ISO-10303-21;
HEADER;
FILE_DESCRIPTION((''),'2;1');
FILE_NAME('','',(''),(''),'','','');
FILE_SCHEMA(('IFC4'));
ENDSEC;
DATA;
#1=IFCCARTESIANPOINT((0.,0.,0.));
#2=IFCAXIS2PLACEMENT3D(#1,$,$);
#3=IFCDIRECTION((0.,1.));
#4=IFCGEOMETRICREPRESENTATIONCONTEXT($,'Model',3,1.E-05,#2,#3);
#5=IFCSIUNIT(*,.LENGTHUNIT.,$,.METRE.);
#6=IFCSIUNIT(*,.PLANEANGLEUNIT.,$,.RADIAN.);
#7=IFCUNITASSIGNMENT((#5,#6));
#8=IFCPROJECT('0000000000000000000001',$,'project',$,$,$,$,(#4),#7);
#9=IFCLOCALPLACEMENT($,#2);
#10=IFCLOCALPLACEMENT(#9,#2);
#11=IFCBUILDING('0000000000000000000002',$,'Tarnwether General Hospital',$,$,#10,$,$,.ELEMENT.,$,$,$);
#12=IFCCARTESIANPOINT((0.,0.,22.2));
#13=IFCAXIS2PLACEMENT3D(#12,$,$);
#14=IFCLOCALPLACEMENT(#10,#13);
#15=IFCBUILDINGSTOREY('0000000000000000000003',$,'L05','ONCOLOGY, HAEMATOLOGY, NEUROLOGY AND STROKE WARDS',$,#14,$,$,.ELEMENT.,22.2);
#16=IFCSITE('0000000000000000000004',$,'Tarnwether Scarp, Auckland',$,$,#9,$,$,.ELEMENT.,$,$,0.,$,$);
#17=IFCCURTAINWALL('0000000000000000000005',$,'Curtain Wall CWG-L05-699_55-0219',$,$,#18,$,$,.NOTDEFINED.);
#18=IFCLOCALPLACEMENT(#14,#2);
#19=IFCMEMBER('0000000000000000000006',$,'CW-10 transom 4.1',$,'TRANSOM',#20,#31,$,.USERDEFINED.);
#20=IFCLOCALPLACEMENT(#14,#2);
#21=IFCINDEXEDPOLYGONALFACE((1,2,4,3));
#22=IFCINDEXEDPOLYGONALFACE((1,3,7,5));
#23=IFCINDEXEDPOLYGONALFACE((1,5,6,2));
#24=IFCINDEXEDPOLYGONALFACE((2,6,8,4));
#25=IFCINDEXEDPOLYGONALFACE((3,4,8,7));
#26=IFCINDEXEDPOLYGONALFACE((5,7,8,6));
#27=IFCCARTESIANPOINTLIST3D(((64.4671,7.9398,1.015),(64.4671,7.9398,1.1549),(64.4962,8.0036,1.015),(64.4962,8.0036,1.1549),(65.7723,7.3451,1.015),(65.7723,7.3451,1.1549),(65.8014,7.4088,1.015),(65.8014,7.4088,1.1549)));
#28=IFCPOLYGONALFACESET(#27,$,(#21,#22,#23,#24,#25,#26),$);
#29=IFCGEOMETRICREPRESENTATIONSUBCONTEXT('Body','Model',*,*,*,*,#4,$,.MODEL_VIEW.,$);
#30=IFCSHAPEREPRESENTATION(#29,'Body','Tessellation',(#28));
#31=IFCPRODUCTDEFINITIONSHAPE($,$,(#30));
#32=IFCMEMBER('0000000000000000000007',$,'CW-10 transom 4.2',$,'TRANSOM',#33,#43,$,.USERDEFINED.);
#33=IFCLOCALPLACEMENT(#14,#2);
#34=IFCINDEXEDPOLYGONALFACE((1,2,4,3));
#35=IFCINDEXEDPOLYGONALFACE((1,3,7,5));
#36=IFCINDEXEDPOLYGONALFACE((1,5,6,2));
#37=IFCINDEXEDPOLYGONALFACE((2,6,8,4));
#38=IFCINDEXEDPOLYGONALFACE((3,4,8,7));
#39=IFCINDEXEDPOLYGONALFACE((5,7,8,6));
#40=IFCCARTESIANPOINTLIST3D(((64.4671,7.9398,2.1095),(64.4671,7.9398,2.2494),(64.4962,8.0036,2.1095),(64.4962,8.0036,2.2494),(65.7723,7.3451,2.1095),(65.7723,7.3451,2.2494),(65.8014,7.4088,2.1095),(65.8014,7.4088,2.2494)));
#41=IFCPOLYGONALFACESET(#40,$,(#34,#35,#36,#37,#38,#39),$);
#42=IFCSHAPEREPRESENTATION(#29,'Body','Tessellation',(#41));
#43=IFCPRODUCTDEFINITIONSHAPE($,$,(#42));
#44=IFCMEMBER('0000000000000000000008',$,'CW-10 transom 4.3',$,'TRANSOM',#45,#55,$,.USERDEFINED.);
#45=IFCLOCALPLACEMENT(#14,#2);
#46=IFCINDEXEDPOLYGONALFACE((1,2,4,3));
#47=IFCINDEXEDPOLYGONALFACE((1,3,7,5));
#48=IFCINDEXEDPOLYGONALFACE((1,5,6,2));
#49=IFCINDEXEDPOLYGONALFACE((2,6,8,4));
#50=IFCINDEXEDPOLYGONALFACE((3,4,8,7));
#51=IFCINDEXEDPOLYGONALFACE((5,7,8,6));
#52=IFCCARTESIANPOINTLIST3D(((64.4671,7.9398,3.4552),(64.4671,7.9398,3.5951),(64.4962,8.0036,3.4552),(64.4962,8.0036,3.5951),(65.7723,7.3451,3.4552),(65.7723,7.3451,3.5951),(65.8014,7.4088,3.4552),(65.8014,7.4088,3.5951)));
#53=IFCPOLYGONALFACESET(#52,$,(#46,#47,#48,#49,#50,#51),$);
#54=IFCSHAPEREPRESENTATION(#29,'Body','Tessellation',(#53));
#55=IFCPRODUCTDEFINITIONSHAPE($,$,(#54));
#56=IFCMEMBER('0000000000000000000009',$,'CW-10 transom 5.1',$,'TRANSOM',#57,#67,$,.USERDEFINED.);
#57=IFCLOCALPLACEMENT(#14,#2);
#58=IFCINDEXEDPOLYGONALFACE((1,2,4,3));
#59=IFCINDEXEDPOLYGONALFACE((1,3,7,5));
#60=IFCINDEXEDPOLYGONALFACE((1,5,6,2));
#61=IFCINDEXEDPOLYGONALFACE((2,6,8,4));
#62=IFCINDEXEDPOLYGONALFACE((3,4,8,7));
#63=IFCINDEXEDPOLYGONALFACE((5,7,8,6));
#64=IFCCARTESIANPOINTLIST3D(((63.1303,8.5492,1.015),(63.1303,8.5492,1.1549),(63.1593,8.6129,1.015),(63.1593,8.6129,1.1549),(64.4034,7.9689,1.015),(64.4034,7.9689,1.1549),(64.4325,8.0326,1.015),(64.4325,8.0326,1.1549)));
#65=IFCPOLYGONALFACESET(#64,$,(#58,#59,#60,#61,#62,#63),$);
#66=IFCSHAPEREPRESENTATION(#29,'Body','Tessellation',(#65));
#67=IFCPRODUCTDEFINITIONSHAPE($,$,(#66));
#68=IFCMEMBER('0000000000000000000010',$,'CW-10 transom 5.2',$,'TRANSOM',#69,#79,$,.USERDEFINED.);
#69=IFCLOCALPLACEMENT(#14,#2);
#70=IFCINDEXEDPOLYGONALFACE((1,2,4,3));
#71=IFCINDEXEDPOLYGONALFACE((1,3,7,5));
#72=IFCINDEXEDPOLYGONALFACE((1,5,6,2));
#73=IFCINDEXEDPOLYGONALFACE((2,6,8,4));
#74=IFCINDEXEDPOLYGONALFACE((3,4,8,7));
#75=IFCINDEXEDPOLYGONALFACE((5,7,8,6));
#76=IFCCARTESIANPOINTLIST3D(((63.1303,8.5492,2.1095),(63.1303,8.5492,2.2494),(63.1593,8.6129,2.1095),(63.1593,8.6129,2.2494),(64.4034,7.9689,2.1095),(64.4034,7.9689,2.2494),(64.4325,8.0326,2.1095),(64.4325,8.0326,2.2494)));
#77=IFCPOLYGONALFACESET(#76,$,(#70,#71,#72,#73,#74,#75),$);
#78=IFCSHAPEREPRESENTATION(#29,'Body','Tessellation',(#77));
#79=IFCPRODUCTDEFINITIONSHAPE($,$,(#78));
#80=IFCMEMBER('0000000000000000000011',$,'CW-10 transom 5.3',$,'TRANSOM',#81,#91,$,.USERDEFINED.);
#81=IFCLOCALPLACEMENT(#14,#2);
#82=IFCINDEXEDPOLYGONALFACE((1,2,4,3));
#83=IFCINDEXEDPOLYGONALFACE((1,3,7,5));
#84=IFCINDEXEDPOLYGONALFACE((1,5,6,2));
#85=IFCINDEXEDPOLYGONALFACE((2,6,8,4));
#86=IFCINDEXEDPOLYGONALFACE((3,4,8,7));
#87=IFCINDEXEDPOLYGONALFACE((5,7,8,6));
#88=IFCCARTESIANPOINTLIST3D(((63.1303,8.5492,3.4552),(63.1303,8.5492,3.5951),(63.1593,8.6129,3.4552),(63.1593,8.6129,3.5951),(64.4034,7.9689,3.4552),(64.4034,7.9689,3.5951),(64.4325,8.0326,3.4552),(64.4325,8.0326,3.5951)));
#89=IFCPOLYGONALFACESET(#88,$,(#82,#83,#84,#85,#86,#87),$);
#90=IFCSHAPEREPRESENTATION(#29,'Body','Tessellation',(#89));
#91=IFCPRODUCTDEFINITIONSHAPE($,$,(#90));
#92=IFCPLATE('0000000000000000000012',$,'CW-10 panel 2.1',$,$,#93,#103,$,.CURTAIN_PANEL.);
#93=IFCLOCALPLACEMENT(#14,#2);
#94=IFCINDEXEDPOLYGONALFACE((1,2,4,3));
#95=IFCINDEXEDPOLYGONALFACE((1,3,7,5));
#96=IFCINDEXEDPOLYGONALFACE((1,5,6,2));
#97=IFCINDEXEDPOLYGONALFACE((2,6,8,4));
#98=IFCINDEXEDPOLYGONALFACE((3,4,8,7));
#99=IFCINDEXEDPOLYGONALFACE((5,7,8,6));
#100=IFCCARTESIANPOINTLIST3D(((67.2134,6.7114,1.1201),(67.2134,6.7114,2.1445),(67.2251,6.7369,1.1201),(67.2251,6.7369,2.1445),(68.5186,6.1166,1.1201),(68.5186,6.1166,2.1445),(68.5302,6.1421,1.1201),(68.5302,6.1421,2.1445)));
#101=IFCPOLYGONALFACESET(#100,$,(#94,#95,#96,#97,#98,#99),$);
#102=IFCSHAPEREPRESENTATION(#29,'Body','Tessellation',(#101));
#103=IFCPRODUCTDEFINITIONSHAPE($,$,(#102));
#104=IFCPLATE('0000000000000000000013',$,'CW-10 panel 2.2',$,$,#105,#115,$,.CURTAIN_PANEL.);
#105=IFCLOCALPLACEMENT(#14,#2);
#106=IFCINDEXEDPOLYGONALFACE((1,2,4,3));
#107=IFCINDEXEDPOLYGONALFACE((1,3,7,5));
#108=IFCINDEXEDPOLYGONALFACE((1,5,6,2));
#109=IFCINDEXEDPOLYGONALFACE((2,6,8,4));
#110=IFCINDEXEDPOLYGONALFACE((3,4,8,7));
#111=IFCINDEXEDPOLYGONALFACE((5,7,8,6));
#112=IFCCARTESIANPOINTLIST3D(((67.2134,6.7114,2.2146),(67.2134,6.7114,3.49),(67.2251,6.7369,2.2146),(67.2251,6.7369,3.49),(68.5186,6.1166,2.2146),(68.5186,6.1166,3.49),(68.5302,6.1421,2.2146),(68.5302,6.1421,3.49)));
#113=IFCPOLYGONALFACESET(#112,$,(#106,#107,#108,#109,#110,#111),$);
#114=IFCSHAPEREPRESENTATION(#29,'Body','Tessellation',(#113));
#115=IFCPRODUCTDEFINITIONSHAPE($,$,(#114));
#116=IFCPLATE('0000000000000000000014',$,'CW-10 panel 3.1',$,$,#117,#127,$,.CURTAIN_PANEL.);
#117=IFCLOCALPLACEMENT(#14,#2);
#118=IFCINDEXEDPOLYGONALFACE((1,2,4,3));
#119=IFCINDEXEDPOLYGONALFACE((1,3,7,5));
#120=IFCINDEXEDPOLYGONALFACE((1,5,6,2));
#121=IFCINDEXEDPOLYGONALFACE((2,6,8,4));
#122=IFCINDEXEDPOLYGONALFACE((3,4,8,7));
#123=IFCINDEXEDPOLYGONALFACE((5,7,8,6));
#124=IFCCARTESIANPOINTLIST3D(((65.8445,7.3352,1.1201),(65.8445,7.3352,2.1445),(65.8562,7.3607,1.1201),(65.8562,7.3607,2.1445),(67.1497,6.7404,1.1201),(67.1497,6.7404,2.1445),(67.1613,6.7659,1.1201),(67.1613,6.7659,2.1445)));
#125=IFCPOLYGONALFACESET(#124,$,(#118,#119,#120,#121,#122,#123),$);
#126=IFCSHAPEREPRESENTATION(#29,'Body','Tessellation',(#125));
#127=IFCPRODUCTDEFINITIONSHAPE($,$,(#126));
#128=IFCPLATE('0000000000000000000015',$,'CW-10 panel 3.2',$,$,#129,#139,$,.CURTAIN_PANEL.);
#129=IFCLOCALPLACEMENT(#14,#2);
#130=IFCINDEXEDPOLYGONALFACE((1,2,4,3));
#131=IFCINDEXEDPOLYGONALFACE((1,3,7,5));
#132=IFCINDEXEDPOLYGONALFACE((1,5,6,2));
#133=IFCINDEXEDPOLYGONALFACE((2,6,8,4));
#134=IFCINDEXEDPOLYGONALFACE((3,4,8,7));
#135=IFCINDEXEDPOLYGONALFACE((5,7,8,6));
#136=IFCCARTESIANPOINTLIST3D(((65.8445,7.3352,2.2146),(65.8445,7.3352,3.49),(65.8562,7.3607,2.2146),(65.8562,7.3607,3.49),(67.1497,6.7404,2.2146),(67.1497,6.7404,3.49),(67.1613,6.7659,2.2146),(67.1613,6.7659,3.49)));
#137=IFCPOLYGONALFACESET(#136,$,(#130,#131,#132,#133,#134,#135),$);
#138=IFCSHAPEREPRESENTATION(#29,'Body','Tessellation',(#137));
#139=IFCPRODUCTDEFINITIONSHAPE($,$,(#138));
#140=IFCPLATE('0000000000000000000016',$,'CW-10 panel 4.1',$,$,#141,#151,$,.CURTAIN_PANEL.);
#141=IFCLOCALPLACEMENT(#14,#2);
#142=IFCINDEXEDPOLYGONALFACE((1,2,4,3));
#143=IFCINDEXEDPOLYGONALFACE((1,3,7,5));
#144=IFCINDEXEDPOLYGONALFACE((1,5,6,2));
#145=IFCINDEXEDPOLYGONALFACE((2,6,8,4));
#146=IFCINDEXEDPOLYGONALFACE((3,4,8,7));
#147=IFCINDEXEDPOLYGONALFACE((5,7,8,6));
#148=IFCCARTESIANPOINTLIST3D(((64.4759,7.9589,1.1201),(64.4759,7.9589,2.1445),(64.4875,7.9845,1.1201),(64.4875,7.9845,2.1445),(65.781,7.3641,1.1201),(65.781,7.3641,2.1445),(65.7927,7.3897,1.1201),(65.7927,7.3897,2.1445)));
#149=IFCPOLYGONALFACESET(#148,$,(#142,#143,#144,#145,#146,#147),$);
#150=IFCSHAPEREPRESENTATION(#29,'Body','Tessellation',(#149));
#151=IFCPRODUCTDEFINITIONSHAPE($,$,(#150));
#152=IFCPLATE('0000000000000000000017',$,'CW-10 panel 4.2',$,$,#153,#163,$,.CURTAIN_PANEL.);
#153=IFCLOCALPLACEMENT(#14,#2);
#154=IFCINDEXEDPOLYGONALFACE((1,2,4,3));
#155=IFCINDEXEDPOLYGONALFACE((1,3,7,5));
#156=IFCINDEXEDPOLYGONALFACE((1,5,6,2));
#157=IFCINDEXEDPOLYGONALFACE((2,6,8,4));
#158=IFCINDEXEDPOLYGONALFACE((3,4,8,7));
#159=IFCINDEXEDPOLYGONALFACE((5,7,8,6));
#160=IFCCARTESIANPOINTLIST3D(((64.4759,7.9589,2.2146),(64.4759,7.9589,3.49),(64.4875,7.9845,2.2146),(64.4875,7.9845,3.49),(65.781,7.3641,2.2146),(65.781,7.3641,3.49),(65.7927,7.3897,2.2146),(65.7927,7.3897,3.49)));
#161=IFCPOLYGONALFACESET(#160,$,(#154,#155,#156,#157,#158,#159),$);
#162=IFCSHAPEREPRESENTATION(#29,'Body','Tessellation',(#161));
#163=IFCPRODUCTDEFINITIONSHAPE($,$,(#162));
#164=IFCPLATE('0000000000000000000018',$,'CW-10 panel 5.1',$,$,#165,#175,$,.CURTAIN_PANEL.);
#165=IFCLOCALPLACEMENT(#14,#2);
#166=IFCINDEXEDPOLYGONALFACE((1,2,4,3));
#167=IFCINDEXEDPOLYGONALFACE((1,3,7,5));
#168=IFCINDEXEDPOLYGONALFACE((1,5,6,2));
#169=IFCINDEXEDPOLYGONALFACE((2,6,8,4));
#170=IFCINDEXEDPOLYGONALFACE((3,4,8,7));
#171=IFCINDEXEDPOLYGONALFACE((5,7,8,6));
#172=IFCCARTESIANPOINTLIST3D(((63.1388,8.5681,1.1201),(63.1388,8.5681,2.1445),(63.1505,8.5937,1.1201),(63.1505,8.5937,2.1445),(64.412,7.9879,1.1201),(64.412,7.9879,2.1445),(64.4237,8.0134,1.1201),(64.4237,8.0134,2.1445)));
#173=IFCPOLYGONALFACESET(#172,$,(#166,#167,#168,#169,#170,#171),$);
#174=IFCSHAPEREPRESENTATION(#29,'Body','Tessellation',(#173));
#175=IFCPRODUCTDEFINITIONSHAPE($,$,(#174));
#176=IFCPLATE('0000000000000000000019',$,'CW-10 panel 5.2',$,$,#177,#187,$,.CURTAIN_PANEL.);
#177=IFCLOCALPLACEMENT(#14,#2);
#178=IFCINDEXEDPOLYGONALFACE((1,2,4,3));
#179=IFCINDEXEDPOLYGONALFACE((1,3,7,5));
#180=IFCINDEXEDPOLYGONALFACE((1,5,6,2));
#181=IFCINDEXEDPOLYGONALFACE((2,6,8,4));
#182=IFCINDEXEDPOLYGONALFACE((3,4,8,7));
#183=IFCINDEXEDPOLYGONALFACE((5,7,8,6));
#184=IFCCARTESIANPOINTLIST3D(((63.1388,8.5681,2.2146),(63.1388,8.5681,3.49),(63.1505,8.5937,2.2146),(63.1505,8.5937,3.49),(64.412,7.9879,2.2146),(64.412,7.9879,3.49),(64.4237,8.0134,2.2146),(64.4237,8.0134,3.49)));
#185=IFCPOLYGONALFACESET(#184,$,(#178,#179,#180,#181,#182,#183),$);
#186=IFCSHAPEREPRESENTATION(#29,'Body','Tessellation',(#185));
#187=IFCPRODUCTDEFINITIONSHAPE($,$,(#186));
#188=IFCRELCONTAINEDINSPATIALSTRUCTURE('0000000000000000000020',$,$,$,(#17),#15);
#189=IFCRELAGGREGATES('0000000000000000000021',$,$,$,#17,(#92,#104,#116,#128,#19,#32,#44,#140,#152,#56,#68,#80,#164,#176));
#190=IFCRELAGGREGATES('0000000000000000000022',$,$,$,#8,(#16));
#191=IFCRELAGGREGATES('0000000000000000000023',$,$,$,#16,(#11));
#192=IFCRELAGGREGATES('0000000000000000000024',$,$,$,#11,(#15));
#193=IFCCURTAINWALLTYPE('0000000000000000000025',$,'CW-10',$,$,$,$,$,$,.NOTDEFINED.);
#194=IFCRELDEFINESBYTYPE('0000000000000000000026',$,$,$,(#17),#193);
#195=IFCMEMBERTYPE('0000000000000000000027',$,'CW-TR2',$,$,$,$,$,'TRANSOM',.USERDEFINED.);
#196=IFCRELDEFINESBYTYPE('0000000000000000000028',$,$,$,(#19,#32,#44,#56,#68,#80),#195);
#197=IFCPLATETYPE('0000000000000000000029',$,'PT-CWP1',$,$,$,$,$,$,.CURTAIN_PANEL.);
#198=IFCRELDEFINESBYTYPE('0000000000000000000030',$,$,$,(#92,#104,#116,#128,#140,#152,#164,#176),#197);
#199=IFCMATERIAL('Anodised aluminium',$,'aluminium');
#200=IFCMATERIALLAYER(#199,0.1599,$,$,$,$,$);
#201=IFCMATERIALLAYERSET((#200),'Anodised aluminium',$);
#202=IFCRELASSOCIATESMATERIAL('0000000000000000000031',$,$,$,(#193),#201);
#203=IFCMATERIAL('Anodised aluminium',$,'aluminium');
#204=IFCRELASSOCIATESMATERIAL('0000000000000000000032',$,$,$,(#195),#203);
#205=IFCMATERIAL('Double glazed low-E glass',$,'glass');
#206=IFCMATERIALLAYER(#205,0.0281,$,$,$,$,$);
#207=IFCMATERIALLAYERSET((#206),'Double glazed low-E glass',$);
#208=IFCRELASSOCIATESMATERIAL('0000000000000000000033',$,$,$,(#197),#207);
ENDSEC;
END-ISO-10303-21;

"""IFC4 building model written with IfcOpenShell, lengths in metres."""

from ifc_helpers import new_model, si_unit, direction, frame, origin, origin_2d, place, context, subcontext, project, spatial, rectangle, extrude, material, layer, layer_set, material_profile, profile_set, type_object, element, aggregate, save


model = new_model("IFC4")

# Units and contexts
model_context = context("Model", 3, precision=1e-05, world=origin(), true_north=direction((0.0, 1.0)))
body_context = subcontext(model_context, "Body", "Model", "MODEL_VIEW")
ifc_project = project(units=[si_unit("LENGTHUNIT", "METRE"), si_unit("PLANEANGLEUNIT", "RADIAN")], contexts=[model_context])

# Site, building, storey
site_placement = place(None, origin())
site = spatial("IfcSite", under=ifc_project, at=site_placement, Name="Tarnwether Scarp, Auckland", CompositionType="ELEMENT", RefElevation=0.0)
building_placement = place(site_placement, origin())
building = spatial("IfcBuilding", under=site, at=building_placement, Name="Tarnwether General Hospital", CompositionType="ELEMENT")
storey_placement = place(building_placement, frame((0.0, 0.0, 22.2)))
storey = spatial("IfcBuildingStorey", under=building, at=storey_placement, Name="L05", Description="ONCOLOGY, HAEMATOLOGY, NEUROLOGY AND STROKE WARDS", CompositionType="ELEMENT", Elevation=22.2)

# Shared definitions
ifc_material_1 = material(Name="Anodised aluminium", Category="aluminium")
ifc_layer_1 = layer(ifc_material_1, 0.1599)
ifc_layer_set_1 = layer_set([ifc_layer_1], Name="Anodised aluminium")
curtain_wall_type = type_object("IfcCurtainWallType", Name="CW-10", PredefinedType="NOTDEFINED", material=ifc_layer_set_1)

# Curtain wall
curtain_wall_1_placement = place(storey_placement, origin())
curtain_wall_1 = element("IfcCurtainWall", 1, at=curtain_wall_1_placement, inside=storey, type_object=curtain_wall_type, Name="Curtain Wall CWG-L05-699_55-0219", PredefinedType="NOTDEFINED")

# Members
ifc_material_2 = material(Name="Anodised aluminium", Category="aluminium")
ifc_material_profile_1 = material_profile(ifc_material_2, rectangle(XDim=0.0701, YDim=0.1399, at=origin_2d()), Name="ALU-TRN-70x140")
ifc_profile_set_1 = profile_set([ifc_material_profile_1], Name="Anodised aluminium")
member_type_1 = type_object("IfcMemberType", Name="CW-TR2", ElementType="TRANSOM", PredefinedType="USERDEFINED", material=ifc_profile_set_1)
member_1_placement = place(storey_placement, frame((65.7869, 7.377, 1.085), z_axis=(-0.909981, 0.414649, 0.0), x_axis=(-0.414649, -0.909981, 0.0)))
member_1 = element("IfcMember", 2, at=member_1_placement, type_object=member_type_1, Name="CW-10 transom 4.1", ObjectType="TRANSOM", PredefinedType="USERDEFINED", context=body_context, shape_type="SweptSolid", body=[
    extrude(rectangle(XDim=0.0701, YDim=0.1399, at=origin_2d()), origin(), (0.0, 0.0, 1.0), 1.4343),
])
member_2_placement = place(storey_placement, frame((65.7869, 7.377, 2.1794), z_axis=(-0.909981, 0.414649, 0.0), x_axis=(-0.414649, -0.909981, 0.0)))
member_2 = element("IfcMember", 3, at=member_2_placement, type_object=member_type_1, Name="CW-10 transom 4.2", ObjectType="TRANSOM", PredefinedType="USERDEFINED", context=body_context, shape_type="SweptSolid", body=[
    extrude(rectangle(XDim=0.0701, YDim=0.1399, at=origin_2d()), origin(), (0.0, 0.0, 1.0), 1.4343),
])
member_3_placement = place(storey_placement, frame((65.7869, 7.377, 3.5251), z_axis=(-0.909981, 0.414649, 0.0), x_axis=(-0.414649, -0.909981, 0.0)))
member_3 = element("IfcMember", 4, at=member_3_placement, type_object=member_type_1, Name="CW-10 transom 4.3", ObjectType="TRANSOM", PredefinedType="USERDEFINED", context=body_context, shape_type="SweptSolid", body=[
    extrude(rectangle(XDim=0.0701, YDim=0.1399, at=origin_2d()), origin(), (0.0, 0.0, 1.0), 1.4343),
])
member_4_placement = place(storey_placement, frame((64.418, 8.0007, 1.085), z_axis=(-0.909936, 0.414749, 0.0), x_axis=(-0.414749, -0.909936, 0.0)))
member_4 = element("IfcMember", 5, at=member_4_placement, type_object=member_type_1, Name="CW-10 transom 5.1", ObjectType="TRANSOM", PredefinedType="USERDEFINED", context=body_context, shape_type="SweptSolid", body=[
    extrude(rectangle(XDim=0.0701, YDim=0.1399, at=origin_2d()), origin(), (0.0, 0.0, 1.0), 1.3992),
])
member_5_placement = place(storey_placement, frame((64.418, 8.0007, 2.1794), z_axis=(-0.909936, 0.414749, 0.0), x_axis=(-0.414749, -0.909936, 0.0)))
member_5 = element("IfcMember", 6, at=member_5_placement, type_object=member_type_1, Name="CW-10 transom 5.2", ObjectType="TRANSOM", PredefinedType="USERDEFINED", context=body_context, shape_type="SweptSolid", body=[
    extrude(rectangle(XDim=0.0701, YDim=0.1399, at=origin_2d()), origin(), (0.0, 0.0, 1.0), 1.3992),
])
member_6_placement = place(storey_placement, frame((64.418, 8.0007, 3.5251), z_axis=(-0.909936, 0.414749, 0.0), x_axis=(-0.414749, -0.909936, 0.0)))
member_6 = element("IfcMember", 7, at=member_6_placement, type_object=member_type_1, Name="CW-10 transom 5.3", ObjectType="TRANSOM", PredefinedType="USERDEFINED", context=body_context, shape_type="SweptSolid", body=[
    extrude(rectangle(XDim=0.0701, YDim=0.1399, at=origin_2d()), origin(), (0.0, 0.0, 1.0), 1.3992),
])

# Plates
ifc_material_3 = material(Name="Double glazed low-E glass", Category="glass")
ifc_layer_2 = layer(ifc_material_3, 0.0281)
ifc_layer_set_2 = layer_set([ifc_layer_2], Name="Double glazed low-E glass")
plate_type_1 = type_object("IfcPlateType", Name="PT-CWP1", PredefinedType="CURTAIN_PANEL", material=ifc_layer_set_2)
plate_1_placement = place(storey_placement, frame((67.8718, 6.4268, 1.1201), z_axis=(0.0, 0.0, 1.0), x_axis=(-0.909961, 0.414694, 0.0)))
plate_1 = element("IfcPlate", 8, at=plate_1_placement, type_object=plate_type_1, Name="CW-10 panel 2.1", PredefinedType="CURTAIN_PANEL", context=body_context, shape_type="SweptSolid", body=[
    extrude(rectangle(XDim=1.4343, YDim=0.0281, at=origin_2d()), origin(), (0.0, 0.0, 1.0), 1.0244),
])
plate_2_placement = place(storey_placement, frame((67.8718, 6.4268, 2.2146), z_axis=(0.0, 0.0, 1.0), x_axis=(-0.909961, 0.414694, 0.0)))
plate_2 = element("IfcPlate", 9, at=plate_2_placement, type_object=plate_type_1, Name="CW-10 panel 2.2", PredefinedType="CURTAIN_PANEL", context=body_context, shape_type="SweptSolid", body=[
    extrude(rectangle(XDim=1.4343, YDim=0.0281, at=origin_2d()), origin(), (0.0, 0.0, 1.0), 1.2754),
])
plate_3_placement = place(storey_placement, frame((66.5029, 7.0505, 1.1201), z_axis=(0.0, 0.0, 1.0), x_axis=(-0.909961, 0.414694, 0.0)))
plate_3 = element("IfcPlate", 10, at=plate_3_placement, type_object=plate_type_1, Name="CW-10 panel 3.1", PredefinedType="CURTAIN_PANEL", context=body_context, shape_type="SweptSolid", body=[
    extrude(rectangle(XDim=1.4343, YDim=0.0281, at=origin_2d()), origin(), (0.0, 0.0, 1.0), 1.0244),
])
plate_4_placement = place(storey_placement, frame((66.5029, 7.0505, 2.2146), z_axis=(0.0, 0.0, 1.0), x_axis=(-0.909961, 0.414694, 0.0)))
plate_4 = element("IfcPlate", 11, at=plate_4_placement, type_object=plate_type_1, Name="CW-10 panel 3.2", PredefinedType="CURTAIN_PANEL", context=body_context, shape_type="SweptSolid", body=[
    extrude(rectangle(XDim=1.4343, YDim=0.0281, at=origin_2d()), origin(), (0.0, 0.0, 1.0), 1.2754),
])
plate_5_placement = place(storey_placement, frame((65.1343, 7.6743, 1.1201), z_axis=(0.0, 0.0, 1.0), x_axis=(-0.909961, 0.414694, 0.0)))
plate_5 = element("IfcPlate", 12, at=plate_5_placement, type_object=plate_type_1, Name="CW-10 panel 4.1", PredefinedType="CURTAIN_PANEL", context=body_context, shape_type="SweptSolid", body=[
    extrude(rectangle(XDim=1.4343, YDim=0.0281, at=origin_2d()), origin(), (0.0, 0.0, 1.0), 1.0244),
])
plate_6_placement = place(storey_placement, frame((65.1343, 7.6743, 2.2146), z_axis=(0.0, 0.0, 1.0), x_axis=(-0.909961, 0.414694, 0.0)))
plate_6 = element("IfcPlate", 13, at=plate_6_placement, type_object=plate_type_1, Name="CW-10 panel 4.2", PredefinedType="CURTAIN_PANEL", context=body_context, shape_type="SweptSolid", body=[
    extrude(rectangle(XDim=1.4343, YDim=0.0281, at=origin_2d()), origin(), (0.0, 0.0, 1.0), 1.2754),
])
plate_7_placement = place(storey_placement, frame((63.7812, 8.2908, 1.1201), z_axis=(0.0, 0.0, 1.0), x_axis=(-0.909961, 0.414694, 0.0)))
plate_7 = element("IfcPlate", 14, at=plate_7_placement, type_object=plate_type_1, Name="CW-10 panel 5.1", PredefinedType="CURTAIN_PANEL", context=body_context, shape_type="SweptSolid", body=[
    extrude(rectangle(XDim=1.3992, YDim=0.0281, at=origin_2d()), origin(), (0.0, 0.0, 1.0), 1.0244),
])
plate_8_placement = place(storey_placement, frame((63.7812, 8.2908, 2.2146), z_axis=(0.0, 0.0, 1.0), x_axis=(-0.909961, 0.414694, 0.0)))
plate_8 = element("IfcPlate", 15, at=plate_8_placement, type_object=plate_type_1, Name="CW-10 panel 5.2", PredefinedType="CURTAIN_PANEL", context=body_context, shape_type="SweptSolid", body=[
    extrude(rectangle(XDim=1.3992, YDim=0.0281, at=origin_2d()), origin(), (0.0, 0.0, 1.0), 1.2754),
])
aggregate(curtain_wall_1, [plate_1, plate_2, plate_3, plate_4, member_1, member_2, member_3, plate_5, plate_6, member_4, member_5, member_6, plate_7, plate_8])

save(model, "model.ifc")
